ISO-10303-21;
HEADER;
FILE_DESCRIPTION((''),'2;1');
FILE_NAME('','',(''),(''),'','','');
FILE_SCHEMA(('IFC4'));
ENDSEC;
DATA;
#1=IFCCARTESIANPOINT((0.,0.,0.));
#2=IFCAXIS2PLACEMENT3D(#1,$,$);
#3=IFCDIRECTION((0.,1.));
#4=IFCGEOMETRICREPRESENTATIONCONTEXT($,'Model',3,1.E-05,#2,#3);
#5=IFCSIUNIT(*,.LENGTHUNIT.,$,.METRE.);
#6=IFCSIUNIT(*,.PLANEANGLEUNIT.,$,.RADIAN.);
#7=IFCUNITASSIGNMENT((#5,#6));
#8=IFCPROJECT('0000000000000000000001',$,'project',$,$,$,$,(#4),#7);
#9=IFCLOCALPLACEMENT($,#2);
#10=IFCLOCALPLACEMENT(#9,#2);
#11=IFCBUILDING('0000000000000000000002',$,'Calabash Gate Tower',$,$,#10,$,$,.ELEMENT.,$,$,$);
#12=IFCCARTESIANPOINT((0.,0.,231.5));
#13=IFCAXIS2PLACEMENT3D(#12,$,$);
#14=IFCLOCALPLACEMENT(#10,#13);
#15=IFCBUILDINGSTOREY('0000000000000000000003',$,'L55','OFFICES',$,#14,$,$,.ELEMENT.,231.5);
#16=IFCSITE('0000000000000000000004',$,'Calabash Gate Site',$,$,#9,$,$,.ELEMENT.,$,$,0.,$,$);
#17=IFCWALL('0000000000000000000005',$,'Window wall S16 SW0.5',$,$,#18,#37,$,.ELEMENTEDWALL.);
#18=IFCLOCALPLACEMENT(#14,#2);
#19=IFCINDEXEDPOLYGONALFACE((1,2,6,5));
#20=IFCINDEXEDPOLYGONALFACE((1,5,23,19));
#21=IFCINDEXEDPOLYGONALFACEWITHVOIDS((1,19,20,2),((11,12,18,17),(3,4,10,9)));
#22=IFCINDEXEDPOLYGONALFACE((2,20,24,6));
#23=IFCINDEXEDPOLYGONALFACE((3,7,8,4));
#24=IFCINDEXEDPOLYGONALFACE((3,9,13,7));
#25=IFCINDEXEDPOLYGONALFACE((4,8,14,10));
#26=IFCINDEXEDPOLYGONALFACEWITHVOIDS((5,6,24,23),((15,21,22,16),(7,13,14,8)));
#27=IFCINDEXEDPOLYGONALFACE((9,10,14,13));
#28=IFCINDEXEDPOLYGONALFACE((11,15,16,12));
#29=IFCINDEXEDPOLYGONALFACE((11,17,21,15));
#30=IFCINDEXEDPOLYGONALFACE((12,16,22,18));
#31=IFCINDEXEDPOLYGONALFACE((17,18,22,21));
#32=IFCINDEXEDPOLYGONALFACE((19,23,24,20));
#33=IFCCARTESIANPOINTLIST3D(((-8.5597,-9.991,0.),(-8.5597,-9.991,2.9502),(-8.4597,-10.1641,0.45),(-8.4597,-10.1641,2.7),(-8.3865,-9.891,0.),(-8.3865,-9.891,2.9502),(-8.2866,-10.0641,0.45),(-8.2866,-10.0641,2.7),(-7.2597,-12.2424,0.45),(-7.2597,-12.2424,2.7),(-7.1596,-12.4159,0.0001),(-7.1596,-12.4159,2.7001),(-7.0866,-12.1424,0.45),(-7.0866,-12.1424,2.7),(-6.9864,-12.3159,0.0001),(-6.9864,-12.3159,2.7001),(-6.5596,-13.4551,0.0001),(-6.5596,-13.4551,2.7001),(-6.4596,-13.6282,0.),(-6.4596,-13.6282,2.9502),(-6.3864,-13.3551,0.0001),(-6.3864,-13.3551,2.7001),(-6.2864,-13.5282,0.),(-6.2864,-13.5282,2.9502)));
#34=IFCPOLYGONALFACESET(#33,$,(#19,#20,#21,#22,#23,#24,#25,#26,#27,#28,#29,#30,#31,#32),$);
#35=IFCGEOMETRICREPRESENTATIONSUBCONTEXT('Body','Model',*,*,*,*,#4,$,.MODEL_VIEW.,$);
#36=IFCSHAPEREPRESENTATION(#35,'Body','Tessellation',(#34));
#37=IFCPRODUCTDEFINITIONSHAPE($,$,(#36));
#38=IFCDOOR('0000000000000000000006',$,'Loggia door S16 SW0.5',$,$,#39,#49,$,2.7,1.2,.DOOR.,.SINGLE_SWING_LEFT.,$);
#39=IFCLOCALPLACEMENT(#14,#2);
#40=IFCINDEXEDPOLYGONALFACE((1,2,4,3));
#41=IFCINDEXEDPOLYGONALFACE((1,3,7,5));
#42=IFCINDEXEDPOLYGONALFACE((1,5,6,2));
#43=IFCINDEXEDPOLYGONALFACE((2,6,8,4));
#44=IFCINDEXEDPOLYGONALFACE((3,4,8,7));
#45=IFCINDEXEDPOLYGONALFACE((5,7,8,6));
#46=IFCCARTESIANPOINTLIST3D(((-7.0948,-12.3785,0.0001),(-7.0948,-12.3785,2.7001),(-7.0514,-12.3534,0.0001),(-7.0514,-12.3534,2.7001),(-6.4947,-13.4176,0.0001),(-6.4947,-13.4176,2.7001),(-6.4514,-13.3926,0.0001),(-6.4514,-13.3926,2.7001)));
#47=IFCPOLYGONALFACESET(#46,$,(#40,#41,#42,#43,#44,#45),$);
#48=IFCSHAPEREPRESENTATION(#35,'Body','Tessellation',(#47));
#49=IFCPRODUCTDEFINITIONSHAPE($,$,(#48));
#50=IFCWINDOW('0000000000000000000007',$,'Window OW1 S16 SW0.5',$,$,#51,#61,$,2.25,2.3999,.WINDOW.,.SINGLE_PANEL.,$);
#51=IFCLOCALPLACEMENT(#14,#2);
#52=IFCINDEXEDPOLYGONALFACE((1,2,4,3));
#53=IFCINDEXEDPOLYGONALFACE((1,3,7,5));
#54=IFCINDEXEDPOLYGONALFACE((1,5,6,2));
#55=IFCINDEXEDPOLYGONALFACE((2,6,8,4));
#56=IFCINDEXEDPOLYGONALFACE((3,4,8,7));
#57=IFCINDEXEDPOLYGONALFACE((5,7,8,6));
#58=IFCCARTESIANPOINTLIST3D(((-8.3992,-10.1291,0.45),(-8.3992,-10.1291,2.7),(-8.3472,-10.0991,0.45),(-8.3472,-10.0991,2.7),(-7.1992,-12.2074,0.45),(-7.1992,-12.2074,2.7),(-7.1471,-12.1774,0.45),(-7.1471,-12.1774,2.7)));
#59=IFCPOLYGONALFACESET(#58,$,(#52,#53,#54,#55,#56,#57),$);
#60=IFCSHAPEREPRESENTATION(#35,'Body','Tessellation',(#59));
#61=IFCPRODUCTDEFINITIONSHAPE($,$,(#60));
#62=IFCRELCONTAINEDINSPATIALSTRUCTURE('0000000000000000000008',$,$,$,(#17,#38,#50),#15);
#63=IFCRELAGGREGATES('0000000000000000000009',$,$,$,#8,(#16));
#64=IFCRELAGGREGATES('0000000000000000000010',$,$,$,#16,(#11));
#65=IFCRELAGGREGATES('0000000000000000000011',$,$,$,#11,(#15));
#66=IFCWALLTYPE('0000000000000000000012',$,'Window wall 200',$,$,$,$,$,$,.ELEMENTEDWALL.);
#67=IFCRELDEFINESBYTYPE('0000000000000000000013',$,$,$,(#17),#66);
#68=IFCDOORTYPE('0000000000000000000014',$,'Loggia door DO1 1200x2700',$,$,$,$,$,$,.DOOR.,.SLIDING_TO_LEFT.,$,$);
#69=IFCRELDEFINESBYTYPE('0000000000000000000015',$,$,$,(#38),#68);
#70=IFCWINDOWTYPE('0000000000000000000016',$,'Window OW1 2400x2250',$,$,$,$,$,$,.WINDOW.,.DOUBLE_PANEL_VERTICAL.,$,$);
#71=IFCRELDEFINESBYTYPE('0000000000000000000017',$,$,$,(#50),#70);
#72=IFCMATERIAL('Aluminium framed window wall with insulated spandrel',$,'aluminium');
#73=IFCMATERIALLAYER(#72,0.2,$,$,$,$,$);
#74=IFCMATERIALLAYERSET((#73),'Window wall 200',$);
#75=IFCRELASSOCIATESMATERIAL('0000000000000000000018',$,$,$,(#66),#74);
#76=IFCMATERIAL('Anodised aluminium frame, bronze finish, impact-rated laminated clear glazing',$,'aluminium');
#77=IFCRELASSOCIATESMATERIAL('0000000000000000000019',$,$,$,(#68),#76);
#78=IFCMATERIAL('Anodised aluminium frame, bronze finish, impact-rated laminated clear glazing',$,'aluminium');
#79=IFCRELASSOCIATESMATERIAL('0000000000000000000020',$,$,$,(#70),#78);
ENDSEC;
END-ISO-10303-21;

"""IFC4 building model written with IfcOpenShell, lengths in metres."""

from ifc_helpers import new_model, si_unit, direction, frame, frame_2d, origin, place, context, subcontext, project, spatial, rectangle, extrude, material, layer, layer_set, type_object, element, fill, save


model = new_model("IFC4")

# Units and contexts
model_context = context("Model", 3, precision=1e-05, world=origin(), true_north=direction((0.0, 1.0)))
body_context = subcontext(model_context, "Body", "Model", "MODEL_VIEW")
ifc_project = project(units=[si_unit("LENGTHUNIT", "METRE"), si_unit("PLANEANGLEUNIT", "RADIAN")], contexts=[model_context])

# Site, building, storey
site_placement = place(None, origin())
site = spatial("IfcSite", under=ifc_project, at=site_placement, Name="Calabash Gate Site", CompositionType="ELEMENT", RefElevation=0.0)
building_placement = place(site_placement, origin())
building = spatial("IfcBuilding", under=site, at=building_placement, Name="Calabash Gate Tower", CompositionType="ELEMENT")
storey_placement = place(building_placement, frame((0.0, 0.0, 231.5)))
storey = spatial("IfcBuildingStorey", under=building, at=storey_placement, Name="L55", Description="OFFICES", CompositionType="ELEMENT", Elevation=231.5)

# Shared definitions
ifc_material_1 = material(Name="Aluminium framed window wall with insulated spandrel", Category="aluminium")
ifc_layer_1 = layer(ifc_material_1, 0.2)
ifc_layer_set_1 = layer_set([ifc_layer_1], Name="Window wall 200")
wall_type_1 = type_object("IfcWallType", Name="Window wall 200", PredefinedType="ELEMENTEDWALL", material=ifc_layer_set_1)

# Wall, openings, door, window
wall_1_placement = place(storey_placement, frame((-8.4731, -9.9409, 0.0), z_axis=(0.0, 0.0, 1.0), x_axis=(0.500028, -0.866009, 0.0)))
wall_1 = element("IfcWall", 1, at=wall_1_placement, inside=storey, type_object=wall_type_1, Name="Window wall S16 SW0.5", PredefinedType="ELEMENTEDWALL", context=body_context, shape_type="SweptSolid", body=[
    extrude(rectangle(XDim=4.2, YDim=0.2, at=frame_2d((2.1001, 0.0))), origin(), (0.0, 0.0, 1.0), 2.9502),
])
opening_1_placement = place(wall_1_placement, frame((0.2, 0.0, 0.45)))
opening_1 = element("IfcOpeningElement", 2, at=opening_1_placement, cuts=wall_1, PredefinedType="OPENING", context=body_context, shape_type="SweptSolid", body=[
    extrude(rectangle(XDim=2.3999, YDim=2.25, at=frame_2d((1.2, 1.125))), frame((0.0, 0.1099, 0.0), z_axis=(0.0, -1.0, 0.0), x_axis=(1.0, 0.0, 0.0)), (0.0, 0.0, 1.0), 0.22),
])
opening_2_placement = place(wall_1_placement, frame((2.8, 0.0, 0.0)))
opening_2 = element("IfcOpeningElement", 3, at=opening_2_placement, cuts=wall_1, PredefinedType="OPENING", context=body_context, shape_type="SweptSolid", body=[
    extrude(rectangle(XDim=1.2, YDim=2.7, at=frame_2d((0.6001, 1.3501))), frame((0.0, 0.1099, 0.0), z_axis=(0.0, -1.0, 0.0), x_axis=(1.0, 0.0, 0.0)), (0.0, 0.0, 1.0), 0.22),
])
ifc_material_2 = material(Name="Anodised aluminium frame, bronze finish, impact-rated laminated clear glazing", Category="aluminium")
door_type_1 = type_object("IfcDoorType", Name="Loggia door DO1 1200x2700", OperationType="SLIDING_TO_LEFT", PredefinedType="DOOR", material=ifc_material_2)
door_1_placement = place(opening_2_placement, origin())
door_1 = element("IfcDoor", 4, at=door_1_placement, inside=storey, type_object=door_type_1, Name="Loggia door S16 SW0.5", OperationType="SINGLE_SWING_LEFT", OverallHeight=2.7, OverallWidth=1.2, PredefinedType="DOOR", context=body_context, shape_type="SweptSolid", body=[
    extrude(rectangle(XDim=1.2, YDim=2.7, at=frame_2d((0.6001, 1.3501))), frame((0.0, 0.0249, 0.0), z_axis=(0.0, -1.0, 0.0), x_axis=(1.0, 0.0, 0.0)), (0.0, 0.0, 1.0), 0.05),
])
fill(opening_2, door_1)
ifc_material_3 = material(Name="Anodised aluminium frame, bronze finish, impact-rated laminated clear glazing", Category="aluminium")
window_type_1 = type_object("IfcWindowType", Name="Window OW1 2400x2250", PartitioningType="DOUBLE_PANEL_VERTICAL", PredefinedType="WINDOW", material=ifc_material_3)
window_1_placement = place(opening_1_placement, origin())
window_1 = element("IfcWindow", 5, at=window_1_placement, inside=storey, type_object=window_type_1, Name="Window OW1 S16 SW0.5", OverallHeight=2.25, OverallWidth=2.3999, PartitioningType="SINGLE_PANEL", PredefinedType="WINDOW", context=body_context, shape_type="SweptSolid", body=[
    extrude(rectangle(XDim=2.3999, YDim=2.25, at=frame_2d((1.2, 1.125))), frame((0.0, 0.03, 0.0), z_axis=(0.0, -1.0, 0.0), x_axis=(1.0, 0.0, 0.0)), (0.0, 0.0, 1.0), 0.0601),
])
fill(opening_1, window_1)

save(model, "model.ifc")
